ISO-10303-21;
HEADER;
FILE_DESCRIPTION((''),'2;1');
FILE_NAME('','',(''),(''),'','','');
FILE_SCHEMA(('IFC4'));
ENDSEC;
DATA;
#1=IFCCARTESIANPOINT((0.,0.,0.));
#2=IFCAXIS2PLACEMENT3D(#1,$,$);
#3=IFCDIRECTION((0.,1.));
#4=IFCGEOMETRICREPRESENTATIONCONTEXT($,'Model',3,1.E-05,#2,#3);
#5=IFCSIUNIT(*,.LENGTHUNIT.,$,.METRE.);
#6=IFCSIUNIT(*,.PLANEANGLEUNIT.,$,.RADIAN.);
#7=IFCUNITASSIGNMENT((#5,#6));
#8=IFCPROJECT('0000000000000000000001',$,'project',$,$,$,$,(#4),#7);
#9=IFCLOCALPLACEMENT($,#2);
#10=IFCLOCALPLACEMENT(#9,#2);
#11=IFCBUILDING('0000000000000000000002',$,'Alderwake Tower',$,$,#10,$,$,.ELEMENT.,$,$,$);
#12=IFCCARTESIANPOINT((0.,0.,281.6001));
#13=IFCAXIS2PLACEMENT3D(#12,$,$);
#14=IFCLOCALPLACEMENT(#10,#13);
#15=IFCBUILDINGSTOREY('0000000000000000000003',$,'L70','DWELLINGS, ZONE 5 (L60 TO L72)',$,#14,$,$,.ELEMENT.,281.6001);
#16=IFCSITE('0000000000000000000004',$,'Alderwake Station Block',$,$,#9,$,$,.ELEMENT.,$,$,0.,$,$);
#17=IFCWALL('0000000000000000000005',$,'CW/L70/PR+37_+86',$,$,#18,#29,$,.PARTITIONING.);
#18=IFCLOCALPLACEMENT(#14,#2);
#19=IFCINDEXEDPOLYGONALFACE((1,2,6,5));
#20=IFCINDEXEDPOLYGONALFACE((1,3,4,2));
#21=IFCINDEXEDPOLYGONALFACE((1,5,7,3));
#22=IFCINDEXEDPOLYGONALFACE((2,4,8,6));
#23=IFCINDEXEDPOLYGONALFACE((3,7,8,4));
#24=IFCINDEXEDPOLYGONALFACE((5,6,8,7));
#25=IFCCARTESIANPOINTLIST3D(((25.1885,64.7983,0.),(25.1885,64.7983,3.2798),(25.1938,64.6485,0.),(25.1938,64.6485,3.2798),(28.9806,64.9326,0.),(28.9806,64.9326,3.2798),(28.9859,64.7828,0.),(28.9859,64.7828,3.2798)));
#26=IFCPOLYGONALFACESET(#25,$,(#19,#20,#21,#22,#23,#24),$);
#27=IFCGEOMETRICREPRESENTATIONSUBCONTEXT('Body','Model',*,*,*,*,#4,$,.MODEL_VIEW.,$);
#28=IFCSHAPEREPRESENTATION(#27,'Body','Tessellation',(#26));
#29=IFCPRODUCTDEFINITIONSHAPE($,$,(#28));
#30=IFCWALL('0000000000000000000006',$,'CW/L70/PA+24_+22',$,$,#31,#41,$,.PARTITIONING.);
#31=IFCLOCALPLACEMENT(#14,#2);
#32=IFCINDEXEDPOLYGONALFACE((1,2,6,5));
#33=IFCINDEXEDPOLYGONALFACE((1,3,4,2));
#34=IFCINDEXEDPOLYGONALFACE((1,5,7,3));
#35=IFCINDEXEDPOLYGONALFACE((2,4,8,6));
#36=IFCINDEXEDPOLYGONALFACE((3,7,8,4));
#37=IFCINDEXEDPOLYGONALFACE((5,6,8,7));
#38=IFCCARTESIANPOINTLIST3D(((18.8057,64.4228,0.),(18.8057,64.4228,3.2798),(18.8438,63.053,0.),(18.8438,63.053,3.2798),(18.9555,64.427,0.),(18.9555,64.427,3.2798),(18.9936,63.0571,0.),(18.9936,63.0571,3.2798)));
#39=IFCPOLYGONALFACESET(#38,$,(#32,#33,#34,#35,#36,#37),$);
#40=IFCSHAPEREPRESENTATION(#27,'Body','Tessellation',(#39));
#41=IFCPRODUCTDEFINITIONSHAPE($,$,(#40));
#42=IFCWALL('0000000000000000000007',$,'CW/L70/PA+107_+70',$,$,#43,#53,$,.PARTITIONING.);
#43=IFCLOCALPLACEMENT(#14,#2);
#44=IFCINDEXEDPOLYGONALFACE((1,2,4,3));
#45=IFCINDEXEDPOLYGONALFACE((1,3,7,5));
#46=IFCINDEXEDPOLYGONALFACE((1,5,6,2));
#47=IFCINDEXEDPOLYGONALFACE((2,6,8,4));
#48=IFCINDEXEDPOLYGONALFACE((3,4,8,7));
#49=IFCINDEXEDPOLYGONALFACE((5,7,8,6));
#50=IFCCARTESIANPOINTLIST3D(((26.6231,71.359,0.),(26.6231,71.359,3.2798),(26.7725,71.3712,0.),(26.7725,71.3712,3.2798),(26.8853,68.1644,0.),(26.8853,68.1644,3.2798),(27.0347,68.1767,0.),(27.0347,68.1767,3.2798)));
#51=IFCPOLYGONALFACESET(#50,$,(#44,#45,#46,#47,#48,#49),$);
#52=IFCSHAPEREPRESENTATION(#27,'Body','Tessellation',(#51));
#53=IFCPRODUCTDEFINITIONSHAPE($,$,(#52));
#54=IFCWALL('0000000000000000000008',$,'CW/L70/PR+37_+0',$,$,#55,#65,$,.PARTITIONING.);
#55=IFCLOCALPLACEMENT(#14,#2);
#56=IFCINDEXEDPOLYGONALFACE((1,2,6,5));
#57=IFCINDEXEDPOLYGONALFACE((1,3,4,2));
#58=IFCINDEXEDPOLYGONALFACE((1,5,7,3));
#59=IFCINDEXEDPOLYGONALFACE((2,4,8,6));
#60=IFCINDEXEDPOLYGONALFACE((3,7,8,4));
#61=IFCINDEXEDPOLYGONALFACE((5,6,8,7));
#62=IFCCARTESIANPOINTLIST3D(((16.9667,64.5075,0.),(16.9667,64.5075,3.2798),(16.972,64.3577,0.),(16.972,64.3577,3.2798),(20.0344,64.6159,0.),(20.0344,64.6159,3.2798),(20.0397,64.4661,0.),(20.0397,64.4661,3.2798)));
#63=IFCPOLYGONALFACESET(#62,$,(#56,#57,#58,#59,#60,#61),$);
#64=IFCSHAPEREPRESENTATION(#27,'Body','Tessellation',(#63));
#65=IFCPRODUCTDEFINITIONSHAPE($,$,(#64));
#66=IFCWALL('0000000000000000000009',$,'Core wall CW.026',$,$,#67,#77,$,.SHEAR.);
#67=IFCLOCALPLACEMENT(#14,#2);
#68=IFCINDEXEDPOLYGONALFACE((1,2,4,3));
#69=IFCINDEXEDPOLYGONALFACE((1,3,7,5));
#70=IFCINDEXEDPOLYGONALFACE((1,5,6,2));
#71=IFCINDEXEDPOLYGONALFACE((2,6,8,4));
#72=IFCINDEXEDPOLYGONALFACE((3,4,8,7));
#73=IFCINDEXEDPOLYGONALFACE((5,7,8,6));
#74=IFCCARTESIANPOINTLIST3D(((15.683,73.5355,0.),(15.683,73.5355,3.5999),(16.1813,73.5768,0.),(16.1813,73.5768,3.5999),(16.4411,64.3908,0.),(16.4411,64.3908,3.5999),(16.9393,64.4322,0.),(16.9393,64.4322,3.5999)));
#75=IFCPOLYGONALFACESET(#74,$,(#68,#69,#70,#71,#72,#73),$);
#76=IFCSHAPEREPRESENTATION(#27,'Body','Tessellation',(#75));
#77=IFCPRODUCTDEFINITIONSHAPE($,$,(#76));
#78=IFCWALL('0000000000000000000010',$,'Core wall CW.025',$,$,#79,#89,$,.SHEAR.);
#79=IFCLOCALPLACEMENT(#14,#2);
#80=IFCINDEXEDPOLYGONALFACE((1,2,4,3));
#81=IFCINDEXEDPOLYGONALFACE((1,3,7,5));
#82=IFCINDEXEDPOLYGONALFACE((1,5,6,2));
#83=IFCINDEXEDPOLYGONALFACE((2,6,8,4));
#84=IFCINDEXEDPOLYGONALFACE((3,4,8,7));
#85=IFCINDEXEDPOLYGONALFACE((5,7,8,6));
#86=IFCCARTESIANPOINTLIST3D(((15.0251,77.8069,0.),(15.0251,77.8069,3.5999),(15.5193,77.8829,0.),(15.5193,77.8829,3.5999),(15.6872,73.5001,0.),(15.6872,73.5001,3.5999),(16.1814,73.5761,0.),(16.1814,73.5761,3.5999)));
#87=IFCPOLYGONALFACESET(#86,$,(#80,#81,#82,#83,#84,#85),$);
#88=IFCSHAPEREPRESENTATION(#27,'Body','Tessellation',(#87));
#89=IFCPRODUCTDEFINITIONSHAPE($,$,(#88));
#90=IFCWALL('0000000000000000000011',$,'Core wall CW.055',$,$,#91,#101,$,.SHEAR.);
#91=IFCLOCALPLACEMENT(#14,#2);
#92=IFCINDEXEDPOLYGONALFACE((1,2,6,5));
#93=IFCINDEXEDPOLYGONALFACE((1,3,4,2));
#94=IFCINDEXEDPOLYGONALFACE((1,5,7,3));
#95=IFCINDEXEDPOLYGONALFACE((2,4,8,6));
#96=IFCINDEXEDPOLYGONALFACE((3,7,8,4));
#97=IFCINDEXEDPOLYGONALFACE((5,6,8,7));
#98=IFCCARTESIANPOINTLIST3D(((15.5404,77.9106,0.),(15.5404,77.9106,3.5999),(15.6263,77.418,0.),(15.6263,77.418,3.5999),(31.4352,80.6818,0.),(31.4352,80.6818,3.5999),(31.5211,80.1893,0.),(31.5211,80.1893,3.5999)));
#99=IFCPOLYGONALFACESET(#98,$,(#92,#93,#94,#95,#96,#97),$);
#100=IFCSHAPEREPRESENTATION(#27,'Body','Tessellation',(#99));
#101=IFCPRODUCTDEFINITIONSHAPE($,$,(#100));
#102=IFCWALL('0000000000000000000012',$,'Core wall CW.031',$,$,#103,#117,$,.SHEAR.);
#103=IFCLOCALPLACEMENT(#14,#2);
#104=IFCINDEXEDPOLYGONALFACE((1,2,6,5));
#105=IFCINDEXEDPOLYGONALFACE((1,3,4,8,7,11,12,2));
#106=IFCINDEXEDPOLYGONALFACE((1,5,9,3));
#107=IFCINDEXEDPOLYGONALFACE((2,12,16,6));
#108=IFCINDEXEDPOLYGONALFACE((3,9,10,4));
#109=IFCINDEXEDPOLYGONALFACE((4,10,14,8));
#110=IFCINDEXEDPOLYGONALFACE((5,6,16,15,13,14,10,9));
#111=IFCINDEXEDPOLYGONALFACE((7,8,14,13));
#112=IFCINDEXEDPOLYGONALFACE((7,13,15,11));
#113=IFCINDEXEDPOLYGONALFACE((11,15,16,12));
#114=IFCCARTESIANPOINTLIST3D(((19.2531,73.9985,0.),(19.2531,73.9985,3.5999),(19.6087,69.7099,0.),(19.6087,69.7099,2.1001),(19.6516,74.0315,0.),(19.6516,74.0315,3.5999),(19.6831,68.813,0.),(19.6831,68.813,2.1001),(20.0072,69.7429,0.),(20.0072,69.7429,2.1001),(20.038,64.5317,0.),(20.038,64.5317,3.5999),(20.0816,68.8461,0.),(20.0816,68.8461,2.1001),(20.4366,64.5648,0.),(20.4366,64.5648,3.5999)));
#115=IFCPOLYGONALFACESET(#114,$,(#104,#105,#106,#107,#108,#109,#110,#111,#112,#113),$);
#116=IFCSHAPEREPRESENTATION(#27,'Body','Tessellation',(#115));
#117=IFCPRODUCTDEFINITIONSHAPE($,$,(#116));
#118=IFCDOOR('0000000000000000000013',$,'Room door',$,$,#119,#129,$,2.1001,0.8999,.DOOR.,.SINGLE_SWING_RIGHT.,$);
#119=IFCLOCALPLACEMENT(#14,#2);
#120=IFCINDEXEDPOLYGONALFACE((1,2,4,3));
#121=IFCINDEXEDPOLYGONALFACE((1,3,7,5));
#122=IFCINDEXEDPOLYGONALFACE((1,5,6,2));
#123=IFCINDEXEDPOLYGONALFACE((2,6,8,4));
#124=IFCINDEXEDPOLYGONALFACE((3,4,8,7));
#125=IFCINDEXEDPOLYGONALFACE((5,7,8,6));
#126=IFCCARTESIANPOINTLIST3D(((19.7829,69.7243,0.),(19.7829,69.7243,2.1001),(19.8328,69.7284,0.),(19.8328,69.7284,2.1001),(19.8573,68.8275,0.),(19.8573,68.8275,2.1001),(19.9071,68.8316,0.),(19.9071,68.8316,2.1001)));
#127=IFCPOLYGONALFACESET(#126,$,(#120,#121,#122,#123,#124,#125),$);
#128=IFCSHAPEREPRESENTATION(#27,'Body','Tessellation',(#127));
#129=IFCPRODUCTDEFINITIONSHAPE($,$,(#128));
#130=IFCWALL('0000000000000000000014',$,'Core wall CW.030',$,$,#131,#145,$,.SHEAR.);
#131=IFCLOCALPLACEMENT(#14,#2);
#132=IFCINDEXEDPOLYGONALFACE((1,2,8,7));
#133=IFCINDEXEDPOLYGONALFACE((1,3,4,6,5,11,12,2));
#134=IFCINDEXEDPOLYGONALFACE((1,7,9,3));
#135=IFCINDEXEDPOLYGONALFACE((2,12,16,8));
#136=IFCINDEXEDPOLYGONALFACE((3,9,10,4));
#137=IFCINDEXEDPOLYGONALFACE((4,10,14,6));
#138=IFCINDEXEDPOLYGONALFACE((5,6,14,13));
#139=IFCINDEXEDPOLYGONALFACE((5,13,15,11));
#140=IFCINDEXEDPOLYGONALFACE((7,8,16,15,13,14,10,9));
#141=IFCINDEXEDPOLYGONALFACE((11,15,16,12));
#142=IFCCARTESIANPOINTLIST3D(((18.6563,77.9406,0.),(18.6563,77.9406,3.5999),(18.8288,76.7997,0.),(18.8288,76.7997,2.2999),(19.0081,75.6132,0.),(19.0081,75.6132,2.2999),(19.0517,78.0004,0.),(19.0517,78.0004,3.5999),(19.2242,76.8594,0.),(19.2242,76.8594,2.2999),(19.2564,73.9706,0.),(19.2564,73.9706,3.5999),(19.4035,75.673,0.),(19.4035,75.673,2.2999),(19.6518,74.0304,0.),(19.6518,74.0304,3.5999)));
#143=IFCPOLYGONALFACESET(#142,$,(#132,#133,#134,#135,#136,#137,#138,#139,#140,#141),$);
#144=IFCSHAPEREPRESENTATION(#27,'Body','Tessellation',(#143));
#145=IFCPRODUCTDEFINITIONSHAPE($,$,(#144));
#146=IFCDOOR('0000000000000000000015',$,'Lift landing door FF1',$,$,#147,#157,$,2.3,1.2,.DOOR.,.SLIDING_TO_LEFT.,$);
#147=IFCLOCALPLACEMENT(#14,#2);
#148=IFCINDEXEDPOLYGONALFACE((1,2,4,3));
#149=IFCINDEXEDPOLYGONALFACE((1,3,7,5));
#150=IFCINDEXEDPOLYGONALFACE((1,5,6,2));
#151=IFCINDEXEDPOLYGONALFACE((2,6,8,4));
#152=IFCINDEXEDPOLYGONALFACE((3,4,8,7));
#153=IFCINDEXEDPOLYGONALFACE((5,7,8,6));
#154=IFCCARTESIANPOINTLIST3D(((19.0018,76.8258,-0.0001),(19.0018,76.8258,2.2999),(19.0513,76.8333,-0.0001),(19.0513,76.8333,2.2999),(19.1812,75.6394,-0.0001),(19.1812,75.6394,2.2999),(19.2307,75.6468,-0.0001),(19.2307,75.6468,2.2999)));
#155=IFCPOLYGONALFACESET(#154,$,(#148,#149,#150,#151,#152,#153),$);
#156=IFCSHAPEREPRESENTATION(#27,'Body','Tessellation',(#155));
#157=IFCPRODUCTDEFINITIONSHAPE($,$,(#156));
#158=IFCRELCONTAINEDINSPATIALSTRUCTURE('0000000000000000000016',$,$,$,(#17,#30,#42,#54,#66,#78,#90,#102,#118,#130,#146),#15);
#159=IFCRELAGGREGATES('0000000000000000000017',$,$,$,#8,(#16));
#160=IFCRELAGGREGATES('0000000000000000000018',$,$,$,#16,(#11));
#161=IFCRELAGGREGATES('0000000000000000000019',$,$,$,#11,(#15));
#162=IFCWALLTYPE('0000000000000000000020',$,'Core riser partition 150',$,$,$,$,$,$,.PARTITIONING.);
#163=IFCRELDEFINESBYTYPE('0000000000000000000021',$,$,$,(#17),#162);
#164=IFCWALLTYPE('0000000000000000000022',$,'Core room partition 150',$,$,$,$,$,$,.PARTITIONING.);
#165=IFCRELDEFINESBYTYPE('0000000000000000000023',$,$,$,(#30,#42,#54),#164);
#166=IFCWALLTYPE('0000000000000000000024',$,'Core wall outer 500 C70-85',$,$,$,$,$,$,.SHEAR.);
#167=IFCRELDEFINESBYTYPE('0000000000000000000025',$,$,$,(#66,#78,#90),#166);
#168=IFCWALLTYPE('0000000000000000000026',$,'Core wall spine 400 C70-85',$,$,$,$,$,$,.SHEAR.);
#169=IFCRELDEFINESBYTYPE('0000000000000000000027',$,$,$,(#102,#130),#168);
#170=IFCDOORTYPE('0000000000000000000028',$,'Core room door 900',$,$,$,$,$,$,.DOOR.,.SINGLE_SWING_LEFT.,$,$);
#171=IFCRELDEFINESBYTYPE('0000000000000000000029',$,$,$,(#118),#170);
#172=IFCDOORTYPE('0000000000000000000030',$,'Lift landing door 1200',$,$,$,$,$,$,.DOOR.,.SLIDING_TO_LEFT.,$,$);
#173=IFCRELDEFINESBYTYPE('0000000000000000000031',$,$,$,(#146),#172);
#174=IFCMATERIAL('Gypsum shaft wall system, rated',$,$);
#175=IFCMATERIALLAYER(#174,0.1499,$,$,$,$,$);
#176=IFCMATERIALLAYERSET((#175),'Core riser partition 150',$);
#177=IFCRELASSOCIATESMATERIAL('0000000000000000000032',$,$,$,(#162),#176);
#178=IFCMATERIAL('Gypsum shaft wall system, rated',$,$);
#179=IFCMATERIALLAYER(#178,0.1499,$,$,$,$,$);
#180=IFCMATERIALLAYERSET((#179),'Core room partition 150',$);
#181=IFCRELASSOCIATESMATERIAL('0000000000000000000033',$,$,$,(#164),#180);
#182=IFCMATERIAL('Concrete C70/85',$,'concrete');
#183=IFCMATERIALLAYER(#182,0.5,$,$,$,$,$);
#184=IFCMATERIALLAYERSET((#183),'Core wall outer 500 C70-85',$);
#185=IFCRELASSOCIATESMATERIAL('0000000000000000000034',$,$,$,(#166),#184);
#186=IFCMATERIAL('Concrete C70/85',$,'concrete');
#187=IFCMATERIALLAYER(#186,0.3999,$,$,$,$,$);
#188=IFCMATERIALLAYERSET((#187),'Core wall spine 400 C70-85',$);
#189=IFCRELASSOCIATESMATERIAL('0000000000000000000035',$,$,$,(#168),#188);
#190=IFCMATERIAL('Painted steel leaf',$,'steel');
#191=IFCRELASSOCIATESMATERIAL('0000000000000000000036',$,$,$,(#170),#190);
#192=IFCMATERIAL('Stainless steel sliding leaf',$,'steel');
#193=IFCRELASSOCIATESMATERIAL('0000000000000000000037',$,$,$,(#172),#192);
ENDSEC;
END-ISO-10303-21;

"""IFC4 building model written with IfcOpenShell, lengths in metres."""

from ifc_helpers import new_model, si_unit, direction, frame, frame_2d, origin, place, context, subcontext, project, spatial, rectangle, extrude, material, layer, layer_set, type_object, element, fill, save


model = new_model("IFC4")

# Units and contexts
model_context = context("Model", 3, precision=1e-05, world=origin(), true_north=direction((0.0, 1.0)))
body_context = subcontext(model_context, "Body", "Model", "MODEL_VIEW")
ifc_project = project(units=[si_unit("LENGTHUNIT", "METRE"), si_unit("PLANEANGLEUNIT", "RADIAN")], contexts=[model_context])

# Site, building, storey
site_placement = place(None, origin())
site = spatial("IfcSite", under=ifc_project, at=site_placement, Name="Alderwake Station Block", CompositionType="ELEMENT", RefElevation=0.0)
building_placement = place(site_placement, origin())
building = spatial("IfcBuilding", under=site, at=building_placement, Name="Alderwake Tower", CompositionType="ELEMENT")
storey_placement = place(building_placement, frame((0.0, 0.0, 281.6001)))
storey = spatial("IfcBuildingStorey", under=building, at=storey_placement, Name="L70", Description="DWELLINGS, ZONE 5 (L60 TO L72)", CompositionType="ELEMENT", Elevation=281.6001)

# Walls
ifc_material_1 = material(Name="Gypsum shaft wall system, rated")
ifc_layer_1 = layer(ifc_material_1, 0.1499)
ifc_layer_set_1 = layer_set([ifc_layer_1], Name="Core riser partition 150")
wall_type_1 = type_object("IfcWallType", Name="Core riser partition 150", PredefinedType="PARTITIONING", material=ifc_layer_set_1)
wall_1_placement = place(storey_placement, frame((25.1912, 64.7234, 0.0), z_axis=(0.0, 0.0, 1.0), x_axis=(0.999374, 0.035389, 0.0)))
element("IfcWall", 1, at=wall_1_placement, inside=storey, type_object=wall_type_1, Name="CW/L70/PR+37_+86", PredefinedType="PARTITIONING", context=body_context, shape_type="SweptSolid", body=[
    extrude(rectangle(XDim=3.7944, YDim=0.1499, at=frame_2d((1.8972, 0.0))), origin(), (0.0, 0.0, 1.0), 3.2798),
])
ifc_material_2 = material(Name="Gypsum shaft wall system, rated")
ifc_layer_2 = layer(ifc_material_2, 0.1499)
ifc_layer_set_2 = layer_set([ifc_layer_2], Name="Core room partition 150")
wall_type_2 = type_object("IfcWallType", Name="Core room partition 150", PredefinedType="PARTITIONING", material=ifc_layer_set_2)
wall_2_placement = place(storey_placement, frame((18.9187, 63.0552, 0.0), z_axis=(0.0, 0.0, 1.0), x_axis=(-0.027792, 0.999614, 0.0)))
element("IfcWall", 2, at=wall_2_placement, inside=storey, type_object=wall_type_2, Name="CW/L70/PA+24_+22", PredefinedType="PARTITIONING", context=body_context, shape_type="SweptSolid", body=[
    extrude(rectangle(XDim=1.3704, YDim=0.1499, at=frame_2d((0.6851, 0.0))), origin(), (0.0, 0.0, 1.0), 3.2798),
])
wall_3_placement = place(storey_placement, frame((26.96, 68.1707, 0.0), z_axis=(0.0, 0.0, 1.0), x_axis=(-0.081804, 0.996648, 0.0)))
element("IfcWall", 3, at=wall_3_placement, inside=storey, type_object=wall_type_2, Name="CW/L70/PA+107_+70", PredefinedType="PARTITIONING", context=body_context, shape_type="SweptSolid", body=[
    extrude(rectangle(XDim=3.2053, YDim=0.1499, at=frame_2d((1.6025, 0.0))), origin(), (0.0, 0.0, 1.0), 3.2798),
])
wall_4_placement = place(storey_placement, frame((16.9695, 64.4326, 0.0), z_axis=(0.0, 0.0, 1.0), x_axis=(0.999376, 0.035314, 0.0)))
element("IfcWall", 4, at=wall_4_placement, inside=storey, type_object=wall_type_2, Name="CW/L70/PR+37_+0", PredefinedType="PARTITIONING", context=body_context, shape_type="SweptSolid", body=[
    extrude(rectangle(XDim=3.0696, YDim=0.1499, at=frame_2d((1.5347, 0.0))), origin(), (0.0, 0.0, 1.0), 3.2798),
])
ifc_material_3 = material(Name="Concrete C70/85", Category="concrete")
ifc_layer_3 = layer(ifc_material_3, 0.5)
ifc_layer_set_3 = layer_set([ifc_layer_3], Name="Core wall outer 500 C70-85")
wall_type_3 = type_object("IfcWallType", Name="Core wall outer 500 C70-85", PredefinedType="SHEAR", material=ifc_layer_set_3)
wall_5_placement = place(storey_placement, frame((16.6902, 64.4116, 0.0), z_axis=(0.0, 0.0, 1.0), x_axis=(-0.082612, 0.996582, 0.0)))
element("IfcWall", 5, at=wall_5_placement, inside=storey, type_object=wall_type_3, Name="Core wall CW.026", PredefinedType="SHEAR", context=body_context, shape_type="SweptSolid", body=[
    extrude(rectangle(XDim=9.176, YDim=0.5, at=frame_2d((4.5879, 0.0))), origin(), (0.0, 0.0, 1.0), 3.5999),
])
wall_6_placement = place(storey_placement, frame((15.9343, 73.5381, 0.0), z_axis=(0.0, 0.0, 1.0), x_axis=(-0.151948, 0.988389, 0.0)))
element("IfcWall", 6, at=wall_6_placement, inside=storey, type_object=wall_type_3, Name="Core wall CW.025", PredefinedType="SHEAR", context=body_context, shape_type="SweptSolid", body=[
    extrude(rectangle(XDim=4.3574, YDim=0.5, at=frame_2d((2.1787, 0.0))), origin(), (0.0, 0.0, 1.0), 3.5999),
])
wall_7_placement = place(storey_placement, frame((15.5833, 77.6643, 0.0), z_axis=(0.0, 0.0, 1.0), x_axis=(0.985139, 0.171758, 0.0)))
element("IfcWall", 7, at=wall_7_placement, inside=storey, type_object=wall_type_3, Name="Core wall CW.055", PredefinedType="SHEAR", context=body_context, shape_type="SweptSolid", body=[
    extrude(rectangle(XDim=16.1345, YDim=0.5, at=frame_2d((8.0674, 0.0))), origin(), (0.0, 0.0, 1.0), 3.5999),
])

# Walls, openings, doors
ifc_material_4 = material(Name="Concrete C70/85", Category="concrete")
ifc_layer_4 = layer(ifc_material_4, 0.3999)
ifc_layer_set_4 = layer_set([ifc_layer_4], Name="Core wall spine 400 C70-85")
wall_type_4 = type_object("IfcWallType", Name="Core wall spine 400 C70-85", PredefinedType="SHEAR", material=ifc_layer_set_4)
wall_8_placement = place(storey_placement, frame((19.4524, 74.0149, 0.0), z_axis=(0.0, 0.0, 1.0), x_axis=(0.082629, -0.99658, 0.0)))
wall_8 = element("IfcWall", 8, at=wall_8_placement, inside=storey, type_object=wall_type_4, Name="Core wall CW.031", PredefinedType="SHEAR", context=body_context, shape_type="SweptSolid", body=[
    extrude(rectangle(XDim=9.4993, YDim=0.3999, at=frame_2d((4.7495, 0.0))), origin(), (0.0, 0.0, 1.0), 3.5999),
])
opening_1_placement = place(wall_8_placement, frame((4.3032, 0.0, 0.0)))
opening_1 = element("IfcOpeningElement", 9, at=opening_1_placement, cuts=wall_8, PredefinedType="OPENING", context=body_context, shape_type="SweptSolid", body=[
    extrude(rectangle(XDim=0.8999, YDim=2.1001, at=frame_2d((0.45, 1.05))), frame((0.0, 0.21, 0.0), z_axis=(0.0, -1.0, 0.0), x_axis=(1.0, 0.0, 0.0)), (0.0, 0.0, 1.0), 0.4199),
])
ifc_material_5 = material(Name="Painted steel leaf", Category="steel")
door_type_1 = type_object("IfcDoorType", Name="Core room door 900", OperationType="SINGLE_SWING_LEFT", PredefinedType="DOOR", material=ifc_material_5)
door_1_placement = place(opening_1_placement, origin())
door_1 = element("IfcDoor", 10, at=door_1_placement, inside=storey, type_object=door_type_1, Name="Room door", OperationType="SINGLE_SWING_RIGHT", OverallHeight=2.1001, OverallWidth=0.8999, PredefinedType="DOOR", context=body_context, shape_type="SweptSolid", body=[
    extrude(rectangle(XDim=0.8999, YDim=2.1001, at=frame_2d((0.45, 1.05))), frame((0.0, 0.0249, 0.0), z_axis=(0.0, -1.0, 0.0), x_axis=(1.0, 0.0, 0.0)), (0.0, 0.0, 1.0), 0.05),
])
fill(opening_1, door_1)
wall_9_placement = place(storey_placement, frame((19.4541, 74.0005, 0.0), z_axis=(0.0, 0.0, 1.0), x_axis=(-0.149461, 0.988768, 0.0)))
wall_9 = element("IfcWall", 11, at=wall_9_placement, inside=storey, type_object=wall_type_4, Name="Core wall CW.030", PredefinedType="SHEAR", context=body_context, shape_type="SweptSolid", body=[
    extrude(rectangle(XDim=4.0151, YDim=0.3999, at=frame_2d((2.0076, 0.0))), origin(), (0.0, 0.0, 1.0), 3.5999),
])
opening_2_placement = place(wall_9_placement, frame((1.6611, 0.0, 0.0)))
opening_2 = element("IfcOpeningElement", 12, at=opening_2_placement, cuts=wall_9, PredefinedType="OPENING", context=body_context, shape_type="SweptSolid", body=[
    extrude(rectangle(XDim=1.2, YDim=2.3, at=frame_2d((0.6001, 1.1499))), frame((0.0, 0.21, 0.0), z_axis=(0.0, -1.0, 0.0), x_axis=(1.0, 0.0, 0.0)), (0.0, 0.0, 1.0), 0.4199),
])
ifc_material_6 = material(Name="Stainless steel sliding leaf", Category="steel")
door_type_2 = type_object("IfcDoorType", Name="Lift landing door 1200", OperationType="SLIDING_TO_LEFT", PredefinedType="DOOR", material=ifc_material_6)
door_2_placement = place(opening_2_placement, origin())
door_2 = element("IfcDoor", 13, at=door_2_placement, inside=storey, type_object=door_type_2, Name="Lift landing door FF1", OperationType="SLIDING_TO_LEFT", OverallHeight=2.3, OverallWidth=1.2, PredefinedType="DOOR", context=body_context, shape_type="SweptSolid", body=[
    extrude(rectangle(XDim=1.2, YDim=2.3, at=frame_2d((0.6001, 1.1499))), frame((0.0, 0.0249, 0.0), z_axis=(0.0, -1.0, 0.0), x_axis=(1.0, 0.0, 0.0)), (0.0, 0.0, 1.0), 0.05),
])
fill(opening_2, door_2)

save(model, "model.ifc")
